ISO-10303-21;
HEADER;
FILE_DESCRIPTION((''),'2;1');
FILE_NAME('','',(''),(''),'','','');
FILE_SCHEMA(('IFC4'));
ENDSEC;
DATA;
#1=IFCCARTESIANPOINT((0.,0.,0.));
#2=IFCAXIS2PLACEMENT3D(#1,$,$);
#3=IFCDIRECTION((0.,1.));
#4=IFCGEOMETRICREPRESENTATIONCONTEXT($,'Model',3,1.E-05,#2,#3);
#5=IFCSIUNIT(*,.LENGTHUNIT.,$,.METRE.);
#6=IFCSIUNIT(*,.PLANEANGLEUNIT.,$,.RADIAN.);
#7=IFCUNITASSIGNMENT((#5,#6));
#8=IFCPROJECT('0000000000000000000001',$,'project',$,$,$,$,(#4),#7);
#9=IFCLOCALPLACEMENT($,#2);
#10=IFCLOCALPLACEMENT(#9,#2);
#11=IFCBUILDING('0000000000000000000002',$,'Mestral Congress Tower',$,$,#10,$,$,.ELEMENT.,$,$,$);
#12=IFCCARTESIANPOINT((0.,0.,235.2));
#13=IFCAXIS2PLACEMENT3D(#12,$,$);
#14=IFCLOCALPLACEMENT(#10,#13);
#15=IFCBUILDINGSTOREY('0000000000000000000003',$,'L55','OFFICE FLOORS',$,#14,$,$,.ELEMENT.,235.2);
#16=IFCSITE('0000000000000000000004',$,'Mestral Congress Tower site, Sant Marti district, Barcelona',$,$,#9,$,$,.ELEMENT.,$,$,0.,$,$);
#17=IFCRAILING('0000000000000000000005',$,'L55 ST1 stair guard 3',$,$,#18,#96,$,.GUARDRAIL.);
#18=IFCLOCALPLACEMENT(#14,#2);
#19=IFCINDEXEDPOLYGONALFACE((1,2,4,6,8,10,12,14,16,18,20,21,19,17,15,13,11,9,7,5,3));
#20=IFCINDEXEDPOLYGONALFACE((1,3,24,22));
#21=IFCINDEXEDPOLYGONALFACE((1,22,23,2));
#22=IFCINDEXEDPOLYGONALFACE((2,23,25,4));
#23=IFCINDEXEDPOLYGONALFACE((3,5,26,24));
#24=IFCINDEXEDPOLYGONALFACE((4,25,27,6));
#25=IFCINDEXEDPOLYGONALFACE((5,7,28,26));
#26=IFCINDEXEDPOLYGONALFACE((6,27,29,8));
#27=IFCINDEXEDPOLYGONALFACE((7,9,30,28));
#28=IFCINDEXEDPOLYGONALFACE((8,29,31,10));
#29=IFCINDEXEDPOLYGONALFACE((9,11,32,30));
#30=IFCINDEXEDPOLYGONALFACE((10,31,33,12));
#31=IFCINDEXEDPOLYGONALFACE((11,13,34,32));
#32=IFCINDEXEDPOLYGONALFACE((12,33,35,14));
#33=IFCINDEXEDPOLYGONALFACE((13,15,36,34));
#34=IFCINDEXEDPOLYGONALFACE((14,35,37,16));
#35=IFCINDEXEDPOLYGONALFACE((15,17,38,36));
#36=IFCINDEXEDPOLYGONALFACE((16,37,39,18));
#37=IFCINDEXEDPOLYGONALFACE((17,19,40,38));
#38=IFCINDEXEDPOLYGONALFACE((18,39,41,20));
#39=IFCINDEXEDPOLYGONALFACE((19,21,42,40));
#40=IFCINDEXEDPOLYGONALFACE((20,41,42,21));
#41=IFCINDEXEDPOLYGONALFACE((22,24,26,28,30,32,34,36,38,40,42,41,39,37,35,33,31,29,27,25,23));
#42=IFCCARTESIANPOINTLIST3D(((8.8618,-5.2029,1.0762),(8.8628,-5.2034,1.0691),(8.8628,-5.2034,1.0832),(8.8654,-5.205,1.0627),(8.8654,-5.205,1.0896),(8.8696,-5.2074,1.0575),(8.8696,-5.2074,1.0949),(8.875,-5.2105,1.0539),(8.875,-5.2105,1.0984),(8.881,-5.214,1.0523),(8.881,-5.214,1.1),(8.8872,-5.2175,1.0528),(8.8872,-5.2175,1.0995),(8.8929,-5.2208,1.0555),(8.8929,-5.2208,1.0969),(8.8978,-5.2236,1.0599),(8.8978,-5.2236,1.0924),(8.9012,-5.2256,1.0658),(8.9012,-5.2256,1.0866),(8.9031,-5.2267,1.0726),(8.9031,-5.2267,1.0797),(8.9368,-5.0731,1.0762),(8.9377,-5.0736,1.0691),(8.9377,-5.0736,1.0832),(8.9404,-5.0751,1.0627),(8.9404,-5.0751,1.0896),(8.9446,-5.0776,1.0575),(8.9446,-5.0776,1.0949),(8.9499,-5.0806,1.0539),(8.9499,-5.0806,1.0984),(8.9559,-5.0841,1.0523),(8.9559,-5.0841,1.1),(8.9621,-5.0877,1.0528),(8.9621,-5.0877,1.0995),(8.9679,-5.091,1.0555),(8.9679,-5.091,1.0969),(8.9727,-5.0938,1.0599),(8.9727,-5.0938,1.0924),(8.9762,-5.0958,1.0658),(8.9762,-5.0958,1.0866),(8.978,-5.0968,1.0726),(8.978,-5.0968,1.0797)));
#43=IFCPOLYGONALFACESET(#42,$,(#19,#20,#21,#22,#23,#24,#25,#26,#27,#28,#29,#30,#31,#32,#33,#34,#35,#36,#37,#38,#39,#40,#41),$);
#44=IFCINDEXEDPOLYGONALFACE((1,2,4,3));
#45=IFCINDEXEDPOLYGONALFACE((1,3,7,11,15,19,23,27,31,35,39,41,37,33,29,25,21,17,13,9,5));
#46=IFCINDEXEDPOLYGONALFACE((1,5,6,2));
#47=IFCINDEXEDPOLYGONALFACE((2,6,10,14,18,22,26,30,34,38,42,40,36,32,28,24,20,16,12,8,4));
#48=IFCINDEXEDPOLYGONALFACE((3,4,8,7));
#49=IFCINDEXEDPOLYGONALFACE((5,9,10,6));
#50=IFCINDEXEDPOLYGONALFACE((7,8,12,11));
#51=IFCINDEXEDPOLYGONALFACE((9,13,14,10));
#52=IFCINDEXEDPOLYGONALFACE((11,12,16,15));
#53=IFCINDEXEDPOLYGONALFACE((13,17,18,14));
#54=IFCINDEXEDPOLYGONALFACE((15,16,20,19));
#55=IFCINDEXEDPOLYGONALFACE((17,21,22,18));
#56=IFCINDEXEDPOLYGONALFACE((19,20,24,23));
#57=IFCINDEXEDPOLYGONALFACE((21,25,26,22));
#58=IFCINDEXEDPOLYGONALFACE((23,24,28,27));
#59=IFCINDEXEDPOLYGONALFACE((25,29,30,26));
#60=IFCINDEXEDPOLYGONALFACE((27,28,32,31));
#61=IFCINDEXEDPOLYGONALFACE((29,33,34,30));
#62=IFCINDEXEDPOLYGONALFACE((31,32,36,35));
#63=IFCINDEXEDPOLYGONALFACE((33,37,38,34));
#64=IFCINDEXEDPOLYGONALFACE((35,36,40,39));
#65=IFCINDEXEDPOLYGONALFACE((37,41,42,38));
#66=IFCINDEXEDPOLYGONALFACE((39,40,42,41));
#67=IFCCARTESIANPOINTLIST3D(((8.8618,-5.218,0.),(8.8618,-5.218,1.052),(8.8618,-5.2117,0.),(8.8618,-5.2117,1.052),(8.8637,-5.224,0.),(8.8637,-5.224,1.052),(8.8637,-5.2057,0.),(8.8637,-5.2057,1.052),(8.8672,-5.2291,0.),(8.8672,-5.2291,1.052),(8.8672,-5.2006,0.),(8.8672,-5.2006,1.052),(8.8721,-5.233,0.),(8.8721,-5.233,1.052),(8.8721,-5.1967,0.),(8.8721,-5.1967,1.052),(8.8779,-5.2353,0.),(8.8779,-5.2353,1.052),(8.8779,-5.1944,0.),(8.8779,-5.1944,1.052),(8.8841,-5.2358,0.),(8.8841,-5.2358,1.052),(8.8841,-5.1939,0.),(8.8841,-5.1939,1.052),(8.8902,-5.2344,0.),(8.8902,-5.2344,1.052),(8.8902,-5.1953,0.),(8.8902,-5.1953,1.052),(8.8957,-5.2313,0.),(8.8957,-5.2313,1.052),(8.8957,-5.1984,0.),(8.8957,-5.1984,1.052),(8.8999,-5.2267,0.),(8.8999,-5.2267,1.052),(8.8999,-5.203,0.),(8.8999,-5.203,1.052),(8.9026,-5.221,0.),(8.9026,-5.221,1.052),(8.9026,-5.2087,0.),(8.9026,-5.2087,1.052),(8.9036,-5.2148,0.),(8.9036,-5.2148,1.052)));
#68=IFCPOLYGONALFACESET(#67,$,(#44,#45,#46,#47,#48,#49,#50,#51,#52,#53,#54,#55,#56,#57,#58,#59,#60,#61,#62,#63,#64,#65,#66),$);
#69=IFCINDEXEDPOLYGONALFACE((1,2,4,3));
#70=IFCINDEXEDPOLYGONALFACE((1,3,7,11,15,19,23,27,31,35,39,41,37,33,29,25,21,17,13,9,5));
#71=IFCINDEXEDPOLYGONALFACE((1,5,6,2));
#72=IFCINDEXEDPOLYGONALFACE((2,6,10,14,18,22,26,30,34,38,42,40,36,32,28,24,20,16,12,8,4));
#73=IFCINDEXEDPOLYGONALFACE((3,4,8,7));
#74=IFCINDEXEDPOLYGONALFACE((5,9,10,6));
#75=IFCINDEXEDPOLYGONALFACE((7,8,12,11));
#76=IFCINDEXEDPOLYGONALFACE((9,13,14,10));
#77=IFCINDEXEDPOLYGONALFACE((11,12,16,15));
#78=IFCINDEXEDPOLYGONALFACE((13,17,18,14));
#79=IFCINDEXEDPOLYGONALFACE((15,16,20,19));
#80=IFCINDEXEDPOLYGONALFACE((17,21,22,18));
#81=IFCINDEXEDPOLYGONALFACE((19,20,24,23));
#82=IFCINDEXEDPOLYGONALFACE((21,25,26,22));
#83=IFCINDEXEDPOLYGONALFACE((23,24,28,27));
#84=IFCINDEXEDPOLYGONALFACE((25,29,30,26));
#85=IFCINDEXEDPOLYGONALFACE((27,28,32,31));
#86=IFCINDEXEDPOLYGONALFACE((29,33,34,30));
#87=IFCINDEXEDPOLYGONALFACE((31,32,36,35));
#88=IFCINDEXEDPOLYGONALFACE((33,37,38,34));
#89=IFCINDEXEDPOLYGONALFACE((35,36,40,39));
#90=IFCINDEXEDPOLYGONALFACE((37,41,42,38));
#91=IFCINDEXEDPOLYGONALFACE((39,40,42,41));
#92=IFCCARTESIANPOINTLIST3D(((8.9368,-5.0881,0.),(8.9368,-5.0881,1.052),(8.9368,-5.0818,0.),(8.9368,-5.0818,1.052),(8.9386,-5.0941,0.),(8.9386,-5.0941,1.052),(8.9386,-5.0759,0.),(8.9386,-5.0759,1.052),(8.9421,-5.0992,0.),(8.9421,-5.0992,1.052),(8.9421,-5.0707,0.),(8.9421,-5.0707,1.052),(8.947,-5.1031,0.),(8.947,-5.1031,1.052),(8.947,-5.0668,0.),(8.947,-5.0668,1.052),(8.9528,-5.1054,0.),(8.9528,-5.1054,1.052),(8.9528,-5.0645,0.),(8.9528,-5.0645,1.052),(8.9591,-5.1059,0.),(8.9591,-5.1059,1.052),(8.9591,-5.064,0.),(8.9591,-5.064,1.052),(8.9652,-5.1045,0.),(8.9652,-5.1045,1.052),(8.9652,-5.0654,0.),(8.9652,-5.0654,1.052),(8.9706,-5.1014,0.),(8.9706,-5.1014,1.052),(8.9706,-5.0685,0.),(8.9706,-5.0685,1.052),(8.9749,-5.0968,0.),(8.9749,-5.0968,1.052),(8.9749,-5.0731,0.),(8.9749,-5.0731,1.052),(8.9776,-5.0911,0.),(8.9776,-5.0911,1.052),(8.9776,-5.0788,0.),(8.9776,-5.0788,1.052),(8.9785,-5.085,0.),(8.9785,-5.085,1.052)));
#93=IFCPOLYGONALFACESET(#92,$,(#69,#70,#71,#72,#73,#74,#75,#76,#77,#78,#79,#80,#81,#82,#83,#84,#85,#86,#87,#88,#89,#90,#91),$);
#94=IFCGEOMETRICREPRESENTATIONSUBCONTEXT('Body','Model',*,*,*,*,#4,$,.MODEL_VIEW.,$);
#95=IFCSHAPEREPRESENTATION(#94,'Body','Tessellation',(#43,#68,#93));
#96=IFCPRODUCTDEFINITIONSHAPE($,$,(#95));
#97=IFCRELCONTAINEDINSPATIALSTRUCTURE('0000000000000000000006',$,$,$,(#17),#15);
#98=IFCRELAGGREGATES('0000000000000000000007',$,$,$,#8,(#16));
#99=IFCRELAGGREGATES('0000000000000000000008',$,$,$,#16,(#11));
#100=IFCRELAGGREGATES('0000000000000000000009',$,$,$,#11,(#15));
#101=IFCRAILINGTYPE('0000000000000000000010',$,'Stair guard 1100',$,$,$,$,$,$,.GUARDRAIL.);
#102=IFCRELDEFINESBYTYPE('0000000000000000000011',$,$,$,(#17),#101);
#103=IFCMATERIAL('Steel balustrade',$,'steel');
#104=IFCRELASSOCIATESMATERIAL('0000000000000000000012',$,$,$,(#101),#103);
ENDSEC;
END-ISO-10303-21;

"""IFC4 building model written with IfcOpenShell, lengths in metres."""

from ifc_helpers import new_model, si_unit, direction, frame, origin, origin_2d, place, context, subcontext, project, spatial, circle, extrude, material, type_object, element, save


model = new_model("IFC4")

# Units and contexts
model_context = context("Model", 3, precision=1e-05, world=origin(), true_north=direction((0.0, 1.0)))
body_context = subcontext(model_context, "Body", "Model", "MODEL_VIEW")
ifc_project = project(units=[si_unit("LENGTHUNIT", "METRE"), si_unit("PLANEANGLEUNIT", "RADIAN")], contexts=[model_context])

# Site, building, storey
site_placement = place(None, origin())
site = spatial("IfcSite", under=ifc_project, at=site_placement, Name="Mestral Congress Tower site, Sant Marti district, Barcelona", CompositionType="ELEMENT", RefElevation=0.0)
building_placement = place(site_placement, origin())
building = spatial("IfcBuilding", under=site, at=building_placement, Name="Mestral Congress Tower", CompositionType="ELEMENT")
storey_placement = place(building_placement, frame((0.0, 0.0, 235.2)))
storey = spatial("IfcBuildingStorey", under=building, at=storey_placement, Name="L55", Description="OFFICE FLOORS", CompositionType="ELEMENT", Elevation=235.2)

# Railing
ifc_material_1 = material(Name="Steel balustrade", Category="steel")
railing_type_1 = type_object("IfcRailingType", Name="Stair guard 1100", PredefinedType="GUARDRAIL", material=ifc_material_1)
railing_1_placement = place(storey_placement, frame((8.8826, -5.2148, 0.0)))
element("IfcRailing", 1, at=railing_1_placement, inside=storey, type_object=railing_type_1, Name="L55 ST1 stair guard 3", PredefinedType="GUARDRAIL", context=body_context, shape_type="SweptSolid", body=[
    extrude(circle(Radius=0.0239, at=origin_2d()), frame((0.0, 0.0, 1.0762), z_axis=(0.499816, 0.866131, 0.0), x_axis=(-0.866131, 0.499816, 0.0)), (0.0, 0.0, 1.0), 0.1499),
    extrude(circle(Radius=0.021, at=origin_2d()), origin(), (0.0, 0.0, 1.0), 1.052),
    extrude(circle(Radius=0.021, at=origin_2d()), frame((0.075, 0.1299, 0.0)), (0.0, 0.0, 1.0), 1.052),
])

save(model, "model.ifc")
